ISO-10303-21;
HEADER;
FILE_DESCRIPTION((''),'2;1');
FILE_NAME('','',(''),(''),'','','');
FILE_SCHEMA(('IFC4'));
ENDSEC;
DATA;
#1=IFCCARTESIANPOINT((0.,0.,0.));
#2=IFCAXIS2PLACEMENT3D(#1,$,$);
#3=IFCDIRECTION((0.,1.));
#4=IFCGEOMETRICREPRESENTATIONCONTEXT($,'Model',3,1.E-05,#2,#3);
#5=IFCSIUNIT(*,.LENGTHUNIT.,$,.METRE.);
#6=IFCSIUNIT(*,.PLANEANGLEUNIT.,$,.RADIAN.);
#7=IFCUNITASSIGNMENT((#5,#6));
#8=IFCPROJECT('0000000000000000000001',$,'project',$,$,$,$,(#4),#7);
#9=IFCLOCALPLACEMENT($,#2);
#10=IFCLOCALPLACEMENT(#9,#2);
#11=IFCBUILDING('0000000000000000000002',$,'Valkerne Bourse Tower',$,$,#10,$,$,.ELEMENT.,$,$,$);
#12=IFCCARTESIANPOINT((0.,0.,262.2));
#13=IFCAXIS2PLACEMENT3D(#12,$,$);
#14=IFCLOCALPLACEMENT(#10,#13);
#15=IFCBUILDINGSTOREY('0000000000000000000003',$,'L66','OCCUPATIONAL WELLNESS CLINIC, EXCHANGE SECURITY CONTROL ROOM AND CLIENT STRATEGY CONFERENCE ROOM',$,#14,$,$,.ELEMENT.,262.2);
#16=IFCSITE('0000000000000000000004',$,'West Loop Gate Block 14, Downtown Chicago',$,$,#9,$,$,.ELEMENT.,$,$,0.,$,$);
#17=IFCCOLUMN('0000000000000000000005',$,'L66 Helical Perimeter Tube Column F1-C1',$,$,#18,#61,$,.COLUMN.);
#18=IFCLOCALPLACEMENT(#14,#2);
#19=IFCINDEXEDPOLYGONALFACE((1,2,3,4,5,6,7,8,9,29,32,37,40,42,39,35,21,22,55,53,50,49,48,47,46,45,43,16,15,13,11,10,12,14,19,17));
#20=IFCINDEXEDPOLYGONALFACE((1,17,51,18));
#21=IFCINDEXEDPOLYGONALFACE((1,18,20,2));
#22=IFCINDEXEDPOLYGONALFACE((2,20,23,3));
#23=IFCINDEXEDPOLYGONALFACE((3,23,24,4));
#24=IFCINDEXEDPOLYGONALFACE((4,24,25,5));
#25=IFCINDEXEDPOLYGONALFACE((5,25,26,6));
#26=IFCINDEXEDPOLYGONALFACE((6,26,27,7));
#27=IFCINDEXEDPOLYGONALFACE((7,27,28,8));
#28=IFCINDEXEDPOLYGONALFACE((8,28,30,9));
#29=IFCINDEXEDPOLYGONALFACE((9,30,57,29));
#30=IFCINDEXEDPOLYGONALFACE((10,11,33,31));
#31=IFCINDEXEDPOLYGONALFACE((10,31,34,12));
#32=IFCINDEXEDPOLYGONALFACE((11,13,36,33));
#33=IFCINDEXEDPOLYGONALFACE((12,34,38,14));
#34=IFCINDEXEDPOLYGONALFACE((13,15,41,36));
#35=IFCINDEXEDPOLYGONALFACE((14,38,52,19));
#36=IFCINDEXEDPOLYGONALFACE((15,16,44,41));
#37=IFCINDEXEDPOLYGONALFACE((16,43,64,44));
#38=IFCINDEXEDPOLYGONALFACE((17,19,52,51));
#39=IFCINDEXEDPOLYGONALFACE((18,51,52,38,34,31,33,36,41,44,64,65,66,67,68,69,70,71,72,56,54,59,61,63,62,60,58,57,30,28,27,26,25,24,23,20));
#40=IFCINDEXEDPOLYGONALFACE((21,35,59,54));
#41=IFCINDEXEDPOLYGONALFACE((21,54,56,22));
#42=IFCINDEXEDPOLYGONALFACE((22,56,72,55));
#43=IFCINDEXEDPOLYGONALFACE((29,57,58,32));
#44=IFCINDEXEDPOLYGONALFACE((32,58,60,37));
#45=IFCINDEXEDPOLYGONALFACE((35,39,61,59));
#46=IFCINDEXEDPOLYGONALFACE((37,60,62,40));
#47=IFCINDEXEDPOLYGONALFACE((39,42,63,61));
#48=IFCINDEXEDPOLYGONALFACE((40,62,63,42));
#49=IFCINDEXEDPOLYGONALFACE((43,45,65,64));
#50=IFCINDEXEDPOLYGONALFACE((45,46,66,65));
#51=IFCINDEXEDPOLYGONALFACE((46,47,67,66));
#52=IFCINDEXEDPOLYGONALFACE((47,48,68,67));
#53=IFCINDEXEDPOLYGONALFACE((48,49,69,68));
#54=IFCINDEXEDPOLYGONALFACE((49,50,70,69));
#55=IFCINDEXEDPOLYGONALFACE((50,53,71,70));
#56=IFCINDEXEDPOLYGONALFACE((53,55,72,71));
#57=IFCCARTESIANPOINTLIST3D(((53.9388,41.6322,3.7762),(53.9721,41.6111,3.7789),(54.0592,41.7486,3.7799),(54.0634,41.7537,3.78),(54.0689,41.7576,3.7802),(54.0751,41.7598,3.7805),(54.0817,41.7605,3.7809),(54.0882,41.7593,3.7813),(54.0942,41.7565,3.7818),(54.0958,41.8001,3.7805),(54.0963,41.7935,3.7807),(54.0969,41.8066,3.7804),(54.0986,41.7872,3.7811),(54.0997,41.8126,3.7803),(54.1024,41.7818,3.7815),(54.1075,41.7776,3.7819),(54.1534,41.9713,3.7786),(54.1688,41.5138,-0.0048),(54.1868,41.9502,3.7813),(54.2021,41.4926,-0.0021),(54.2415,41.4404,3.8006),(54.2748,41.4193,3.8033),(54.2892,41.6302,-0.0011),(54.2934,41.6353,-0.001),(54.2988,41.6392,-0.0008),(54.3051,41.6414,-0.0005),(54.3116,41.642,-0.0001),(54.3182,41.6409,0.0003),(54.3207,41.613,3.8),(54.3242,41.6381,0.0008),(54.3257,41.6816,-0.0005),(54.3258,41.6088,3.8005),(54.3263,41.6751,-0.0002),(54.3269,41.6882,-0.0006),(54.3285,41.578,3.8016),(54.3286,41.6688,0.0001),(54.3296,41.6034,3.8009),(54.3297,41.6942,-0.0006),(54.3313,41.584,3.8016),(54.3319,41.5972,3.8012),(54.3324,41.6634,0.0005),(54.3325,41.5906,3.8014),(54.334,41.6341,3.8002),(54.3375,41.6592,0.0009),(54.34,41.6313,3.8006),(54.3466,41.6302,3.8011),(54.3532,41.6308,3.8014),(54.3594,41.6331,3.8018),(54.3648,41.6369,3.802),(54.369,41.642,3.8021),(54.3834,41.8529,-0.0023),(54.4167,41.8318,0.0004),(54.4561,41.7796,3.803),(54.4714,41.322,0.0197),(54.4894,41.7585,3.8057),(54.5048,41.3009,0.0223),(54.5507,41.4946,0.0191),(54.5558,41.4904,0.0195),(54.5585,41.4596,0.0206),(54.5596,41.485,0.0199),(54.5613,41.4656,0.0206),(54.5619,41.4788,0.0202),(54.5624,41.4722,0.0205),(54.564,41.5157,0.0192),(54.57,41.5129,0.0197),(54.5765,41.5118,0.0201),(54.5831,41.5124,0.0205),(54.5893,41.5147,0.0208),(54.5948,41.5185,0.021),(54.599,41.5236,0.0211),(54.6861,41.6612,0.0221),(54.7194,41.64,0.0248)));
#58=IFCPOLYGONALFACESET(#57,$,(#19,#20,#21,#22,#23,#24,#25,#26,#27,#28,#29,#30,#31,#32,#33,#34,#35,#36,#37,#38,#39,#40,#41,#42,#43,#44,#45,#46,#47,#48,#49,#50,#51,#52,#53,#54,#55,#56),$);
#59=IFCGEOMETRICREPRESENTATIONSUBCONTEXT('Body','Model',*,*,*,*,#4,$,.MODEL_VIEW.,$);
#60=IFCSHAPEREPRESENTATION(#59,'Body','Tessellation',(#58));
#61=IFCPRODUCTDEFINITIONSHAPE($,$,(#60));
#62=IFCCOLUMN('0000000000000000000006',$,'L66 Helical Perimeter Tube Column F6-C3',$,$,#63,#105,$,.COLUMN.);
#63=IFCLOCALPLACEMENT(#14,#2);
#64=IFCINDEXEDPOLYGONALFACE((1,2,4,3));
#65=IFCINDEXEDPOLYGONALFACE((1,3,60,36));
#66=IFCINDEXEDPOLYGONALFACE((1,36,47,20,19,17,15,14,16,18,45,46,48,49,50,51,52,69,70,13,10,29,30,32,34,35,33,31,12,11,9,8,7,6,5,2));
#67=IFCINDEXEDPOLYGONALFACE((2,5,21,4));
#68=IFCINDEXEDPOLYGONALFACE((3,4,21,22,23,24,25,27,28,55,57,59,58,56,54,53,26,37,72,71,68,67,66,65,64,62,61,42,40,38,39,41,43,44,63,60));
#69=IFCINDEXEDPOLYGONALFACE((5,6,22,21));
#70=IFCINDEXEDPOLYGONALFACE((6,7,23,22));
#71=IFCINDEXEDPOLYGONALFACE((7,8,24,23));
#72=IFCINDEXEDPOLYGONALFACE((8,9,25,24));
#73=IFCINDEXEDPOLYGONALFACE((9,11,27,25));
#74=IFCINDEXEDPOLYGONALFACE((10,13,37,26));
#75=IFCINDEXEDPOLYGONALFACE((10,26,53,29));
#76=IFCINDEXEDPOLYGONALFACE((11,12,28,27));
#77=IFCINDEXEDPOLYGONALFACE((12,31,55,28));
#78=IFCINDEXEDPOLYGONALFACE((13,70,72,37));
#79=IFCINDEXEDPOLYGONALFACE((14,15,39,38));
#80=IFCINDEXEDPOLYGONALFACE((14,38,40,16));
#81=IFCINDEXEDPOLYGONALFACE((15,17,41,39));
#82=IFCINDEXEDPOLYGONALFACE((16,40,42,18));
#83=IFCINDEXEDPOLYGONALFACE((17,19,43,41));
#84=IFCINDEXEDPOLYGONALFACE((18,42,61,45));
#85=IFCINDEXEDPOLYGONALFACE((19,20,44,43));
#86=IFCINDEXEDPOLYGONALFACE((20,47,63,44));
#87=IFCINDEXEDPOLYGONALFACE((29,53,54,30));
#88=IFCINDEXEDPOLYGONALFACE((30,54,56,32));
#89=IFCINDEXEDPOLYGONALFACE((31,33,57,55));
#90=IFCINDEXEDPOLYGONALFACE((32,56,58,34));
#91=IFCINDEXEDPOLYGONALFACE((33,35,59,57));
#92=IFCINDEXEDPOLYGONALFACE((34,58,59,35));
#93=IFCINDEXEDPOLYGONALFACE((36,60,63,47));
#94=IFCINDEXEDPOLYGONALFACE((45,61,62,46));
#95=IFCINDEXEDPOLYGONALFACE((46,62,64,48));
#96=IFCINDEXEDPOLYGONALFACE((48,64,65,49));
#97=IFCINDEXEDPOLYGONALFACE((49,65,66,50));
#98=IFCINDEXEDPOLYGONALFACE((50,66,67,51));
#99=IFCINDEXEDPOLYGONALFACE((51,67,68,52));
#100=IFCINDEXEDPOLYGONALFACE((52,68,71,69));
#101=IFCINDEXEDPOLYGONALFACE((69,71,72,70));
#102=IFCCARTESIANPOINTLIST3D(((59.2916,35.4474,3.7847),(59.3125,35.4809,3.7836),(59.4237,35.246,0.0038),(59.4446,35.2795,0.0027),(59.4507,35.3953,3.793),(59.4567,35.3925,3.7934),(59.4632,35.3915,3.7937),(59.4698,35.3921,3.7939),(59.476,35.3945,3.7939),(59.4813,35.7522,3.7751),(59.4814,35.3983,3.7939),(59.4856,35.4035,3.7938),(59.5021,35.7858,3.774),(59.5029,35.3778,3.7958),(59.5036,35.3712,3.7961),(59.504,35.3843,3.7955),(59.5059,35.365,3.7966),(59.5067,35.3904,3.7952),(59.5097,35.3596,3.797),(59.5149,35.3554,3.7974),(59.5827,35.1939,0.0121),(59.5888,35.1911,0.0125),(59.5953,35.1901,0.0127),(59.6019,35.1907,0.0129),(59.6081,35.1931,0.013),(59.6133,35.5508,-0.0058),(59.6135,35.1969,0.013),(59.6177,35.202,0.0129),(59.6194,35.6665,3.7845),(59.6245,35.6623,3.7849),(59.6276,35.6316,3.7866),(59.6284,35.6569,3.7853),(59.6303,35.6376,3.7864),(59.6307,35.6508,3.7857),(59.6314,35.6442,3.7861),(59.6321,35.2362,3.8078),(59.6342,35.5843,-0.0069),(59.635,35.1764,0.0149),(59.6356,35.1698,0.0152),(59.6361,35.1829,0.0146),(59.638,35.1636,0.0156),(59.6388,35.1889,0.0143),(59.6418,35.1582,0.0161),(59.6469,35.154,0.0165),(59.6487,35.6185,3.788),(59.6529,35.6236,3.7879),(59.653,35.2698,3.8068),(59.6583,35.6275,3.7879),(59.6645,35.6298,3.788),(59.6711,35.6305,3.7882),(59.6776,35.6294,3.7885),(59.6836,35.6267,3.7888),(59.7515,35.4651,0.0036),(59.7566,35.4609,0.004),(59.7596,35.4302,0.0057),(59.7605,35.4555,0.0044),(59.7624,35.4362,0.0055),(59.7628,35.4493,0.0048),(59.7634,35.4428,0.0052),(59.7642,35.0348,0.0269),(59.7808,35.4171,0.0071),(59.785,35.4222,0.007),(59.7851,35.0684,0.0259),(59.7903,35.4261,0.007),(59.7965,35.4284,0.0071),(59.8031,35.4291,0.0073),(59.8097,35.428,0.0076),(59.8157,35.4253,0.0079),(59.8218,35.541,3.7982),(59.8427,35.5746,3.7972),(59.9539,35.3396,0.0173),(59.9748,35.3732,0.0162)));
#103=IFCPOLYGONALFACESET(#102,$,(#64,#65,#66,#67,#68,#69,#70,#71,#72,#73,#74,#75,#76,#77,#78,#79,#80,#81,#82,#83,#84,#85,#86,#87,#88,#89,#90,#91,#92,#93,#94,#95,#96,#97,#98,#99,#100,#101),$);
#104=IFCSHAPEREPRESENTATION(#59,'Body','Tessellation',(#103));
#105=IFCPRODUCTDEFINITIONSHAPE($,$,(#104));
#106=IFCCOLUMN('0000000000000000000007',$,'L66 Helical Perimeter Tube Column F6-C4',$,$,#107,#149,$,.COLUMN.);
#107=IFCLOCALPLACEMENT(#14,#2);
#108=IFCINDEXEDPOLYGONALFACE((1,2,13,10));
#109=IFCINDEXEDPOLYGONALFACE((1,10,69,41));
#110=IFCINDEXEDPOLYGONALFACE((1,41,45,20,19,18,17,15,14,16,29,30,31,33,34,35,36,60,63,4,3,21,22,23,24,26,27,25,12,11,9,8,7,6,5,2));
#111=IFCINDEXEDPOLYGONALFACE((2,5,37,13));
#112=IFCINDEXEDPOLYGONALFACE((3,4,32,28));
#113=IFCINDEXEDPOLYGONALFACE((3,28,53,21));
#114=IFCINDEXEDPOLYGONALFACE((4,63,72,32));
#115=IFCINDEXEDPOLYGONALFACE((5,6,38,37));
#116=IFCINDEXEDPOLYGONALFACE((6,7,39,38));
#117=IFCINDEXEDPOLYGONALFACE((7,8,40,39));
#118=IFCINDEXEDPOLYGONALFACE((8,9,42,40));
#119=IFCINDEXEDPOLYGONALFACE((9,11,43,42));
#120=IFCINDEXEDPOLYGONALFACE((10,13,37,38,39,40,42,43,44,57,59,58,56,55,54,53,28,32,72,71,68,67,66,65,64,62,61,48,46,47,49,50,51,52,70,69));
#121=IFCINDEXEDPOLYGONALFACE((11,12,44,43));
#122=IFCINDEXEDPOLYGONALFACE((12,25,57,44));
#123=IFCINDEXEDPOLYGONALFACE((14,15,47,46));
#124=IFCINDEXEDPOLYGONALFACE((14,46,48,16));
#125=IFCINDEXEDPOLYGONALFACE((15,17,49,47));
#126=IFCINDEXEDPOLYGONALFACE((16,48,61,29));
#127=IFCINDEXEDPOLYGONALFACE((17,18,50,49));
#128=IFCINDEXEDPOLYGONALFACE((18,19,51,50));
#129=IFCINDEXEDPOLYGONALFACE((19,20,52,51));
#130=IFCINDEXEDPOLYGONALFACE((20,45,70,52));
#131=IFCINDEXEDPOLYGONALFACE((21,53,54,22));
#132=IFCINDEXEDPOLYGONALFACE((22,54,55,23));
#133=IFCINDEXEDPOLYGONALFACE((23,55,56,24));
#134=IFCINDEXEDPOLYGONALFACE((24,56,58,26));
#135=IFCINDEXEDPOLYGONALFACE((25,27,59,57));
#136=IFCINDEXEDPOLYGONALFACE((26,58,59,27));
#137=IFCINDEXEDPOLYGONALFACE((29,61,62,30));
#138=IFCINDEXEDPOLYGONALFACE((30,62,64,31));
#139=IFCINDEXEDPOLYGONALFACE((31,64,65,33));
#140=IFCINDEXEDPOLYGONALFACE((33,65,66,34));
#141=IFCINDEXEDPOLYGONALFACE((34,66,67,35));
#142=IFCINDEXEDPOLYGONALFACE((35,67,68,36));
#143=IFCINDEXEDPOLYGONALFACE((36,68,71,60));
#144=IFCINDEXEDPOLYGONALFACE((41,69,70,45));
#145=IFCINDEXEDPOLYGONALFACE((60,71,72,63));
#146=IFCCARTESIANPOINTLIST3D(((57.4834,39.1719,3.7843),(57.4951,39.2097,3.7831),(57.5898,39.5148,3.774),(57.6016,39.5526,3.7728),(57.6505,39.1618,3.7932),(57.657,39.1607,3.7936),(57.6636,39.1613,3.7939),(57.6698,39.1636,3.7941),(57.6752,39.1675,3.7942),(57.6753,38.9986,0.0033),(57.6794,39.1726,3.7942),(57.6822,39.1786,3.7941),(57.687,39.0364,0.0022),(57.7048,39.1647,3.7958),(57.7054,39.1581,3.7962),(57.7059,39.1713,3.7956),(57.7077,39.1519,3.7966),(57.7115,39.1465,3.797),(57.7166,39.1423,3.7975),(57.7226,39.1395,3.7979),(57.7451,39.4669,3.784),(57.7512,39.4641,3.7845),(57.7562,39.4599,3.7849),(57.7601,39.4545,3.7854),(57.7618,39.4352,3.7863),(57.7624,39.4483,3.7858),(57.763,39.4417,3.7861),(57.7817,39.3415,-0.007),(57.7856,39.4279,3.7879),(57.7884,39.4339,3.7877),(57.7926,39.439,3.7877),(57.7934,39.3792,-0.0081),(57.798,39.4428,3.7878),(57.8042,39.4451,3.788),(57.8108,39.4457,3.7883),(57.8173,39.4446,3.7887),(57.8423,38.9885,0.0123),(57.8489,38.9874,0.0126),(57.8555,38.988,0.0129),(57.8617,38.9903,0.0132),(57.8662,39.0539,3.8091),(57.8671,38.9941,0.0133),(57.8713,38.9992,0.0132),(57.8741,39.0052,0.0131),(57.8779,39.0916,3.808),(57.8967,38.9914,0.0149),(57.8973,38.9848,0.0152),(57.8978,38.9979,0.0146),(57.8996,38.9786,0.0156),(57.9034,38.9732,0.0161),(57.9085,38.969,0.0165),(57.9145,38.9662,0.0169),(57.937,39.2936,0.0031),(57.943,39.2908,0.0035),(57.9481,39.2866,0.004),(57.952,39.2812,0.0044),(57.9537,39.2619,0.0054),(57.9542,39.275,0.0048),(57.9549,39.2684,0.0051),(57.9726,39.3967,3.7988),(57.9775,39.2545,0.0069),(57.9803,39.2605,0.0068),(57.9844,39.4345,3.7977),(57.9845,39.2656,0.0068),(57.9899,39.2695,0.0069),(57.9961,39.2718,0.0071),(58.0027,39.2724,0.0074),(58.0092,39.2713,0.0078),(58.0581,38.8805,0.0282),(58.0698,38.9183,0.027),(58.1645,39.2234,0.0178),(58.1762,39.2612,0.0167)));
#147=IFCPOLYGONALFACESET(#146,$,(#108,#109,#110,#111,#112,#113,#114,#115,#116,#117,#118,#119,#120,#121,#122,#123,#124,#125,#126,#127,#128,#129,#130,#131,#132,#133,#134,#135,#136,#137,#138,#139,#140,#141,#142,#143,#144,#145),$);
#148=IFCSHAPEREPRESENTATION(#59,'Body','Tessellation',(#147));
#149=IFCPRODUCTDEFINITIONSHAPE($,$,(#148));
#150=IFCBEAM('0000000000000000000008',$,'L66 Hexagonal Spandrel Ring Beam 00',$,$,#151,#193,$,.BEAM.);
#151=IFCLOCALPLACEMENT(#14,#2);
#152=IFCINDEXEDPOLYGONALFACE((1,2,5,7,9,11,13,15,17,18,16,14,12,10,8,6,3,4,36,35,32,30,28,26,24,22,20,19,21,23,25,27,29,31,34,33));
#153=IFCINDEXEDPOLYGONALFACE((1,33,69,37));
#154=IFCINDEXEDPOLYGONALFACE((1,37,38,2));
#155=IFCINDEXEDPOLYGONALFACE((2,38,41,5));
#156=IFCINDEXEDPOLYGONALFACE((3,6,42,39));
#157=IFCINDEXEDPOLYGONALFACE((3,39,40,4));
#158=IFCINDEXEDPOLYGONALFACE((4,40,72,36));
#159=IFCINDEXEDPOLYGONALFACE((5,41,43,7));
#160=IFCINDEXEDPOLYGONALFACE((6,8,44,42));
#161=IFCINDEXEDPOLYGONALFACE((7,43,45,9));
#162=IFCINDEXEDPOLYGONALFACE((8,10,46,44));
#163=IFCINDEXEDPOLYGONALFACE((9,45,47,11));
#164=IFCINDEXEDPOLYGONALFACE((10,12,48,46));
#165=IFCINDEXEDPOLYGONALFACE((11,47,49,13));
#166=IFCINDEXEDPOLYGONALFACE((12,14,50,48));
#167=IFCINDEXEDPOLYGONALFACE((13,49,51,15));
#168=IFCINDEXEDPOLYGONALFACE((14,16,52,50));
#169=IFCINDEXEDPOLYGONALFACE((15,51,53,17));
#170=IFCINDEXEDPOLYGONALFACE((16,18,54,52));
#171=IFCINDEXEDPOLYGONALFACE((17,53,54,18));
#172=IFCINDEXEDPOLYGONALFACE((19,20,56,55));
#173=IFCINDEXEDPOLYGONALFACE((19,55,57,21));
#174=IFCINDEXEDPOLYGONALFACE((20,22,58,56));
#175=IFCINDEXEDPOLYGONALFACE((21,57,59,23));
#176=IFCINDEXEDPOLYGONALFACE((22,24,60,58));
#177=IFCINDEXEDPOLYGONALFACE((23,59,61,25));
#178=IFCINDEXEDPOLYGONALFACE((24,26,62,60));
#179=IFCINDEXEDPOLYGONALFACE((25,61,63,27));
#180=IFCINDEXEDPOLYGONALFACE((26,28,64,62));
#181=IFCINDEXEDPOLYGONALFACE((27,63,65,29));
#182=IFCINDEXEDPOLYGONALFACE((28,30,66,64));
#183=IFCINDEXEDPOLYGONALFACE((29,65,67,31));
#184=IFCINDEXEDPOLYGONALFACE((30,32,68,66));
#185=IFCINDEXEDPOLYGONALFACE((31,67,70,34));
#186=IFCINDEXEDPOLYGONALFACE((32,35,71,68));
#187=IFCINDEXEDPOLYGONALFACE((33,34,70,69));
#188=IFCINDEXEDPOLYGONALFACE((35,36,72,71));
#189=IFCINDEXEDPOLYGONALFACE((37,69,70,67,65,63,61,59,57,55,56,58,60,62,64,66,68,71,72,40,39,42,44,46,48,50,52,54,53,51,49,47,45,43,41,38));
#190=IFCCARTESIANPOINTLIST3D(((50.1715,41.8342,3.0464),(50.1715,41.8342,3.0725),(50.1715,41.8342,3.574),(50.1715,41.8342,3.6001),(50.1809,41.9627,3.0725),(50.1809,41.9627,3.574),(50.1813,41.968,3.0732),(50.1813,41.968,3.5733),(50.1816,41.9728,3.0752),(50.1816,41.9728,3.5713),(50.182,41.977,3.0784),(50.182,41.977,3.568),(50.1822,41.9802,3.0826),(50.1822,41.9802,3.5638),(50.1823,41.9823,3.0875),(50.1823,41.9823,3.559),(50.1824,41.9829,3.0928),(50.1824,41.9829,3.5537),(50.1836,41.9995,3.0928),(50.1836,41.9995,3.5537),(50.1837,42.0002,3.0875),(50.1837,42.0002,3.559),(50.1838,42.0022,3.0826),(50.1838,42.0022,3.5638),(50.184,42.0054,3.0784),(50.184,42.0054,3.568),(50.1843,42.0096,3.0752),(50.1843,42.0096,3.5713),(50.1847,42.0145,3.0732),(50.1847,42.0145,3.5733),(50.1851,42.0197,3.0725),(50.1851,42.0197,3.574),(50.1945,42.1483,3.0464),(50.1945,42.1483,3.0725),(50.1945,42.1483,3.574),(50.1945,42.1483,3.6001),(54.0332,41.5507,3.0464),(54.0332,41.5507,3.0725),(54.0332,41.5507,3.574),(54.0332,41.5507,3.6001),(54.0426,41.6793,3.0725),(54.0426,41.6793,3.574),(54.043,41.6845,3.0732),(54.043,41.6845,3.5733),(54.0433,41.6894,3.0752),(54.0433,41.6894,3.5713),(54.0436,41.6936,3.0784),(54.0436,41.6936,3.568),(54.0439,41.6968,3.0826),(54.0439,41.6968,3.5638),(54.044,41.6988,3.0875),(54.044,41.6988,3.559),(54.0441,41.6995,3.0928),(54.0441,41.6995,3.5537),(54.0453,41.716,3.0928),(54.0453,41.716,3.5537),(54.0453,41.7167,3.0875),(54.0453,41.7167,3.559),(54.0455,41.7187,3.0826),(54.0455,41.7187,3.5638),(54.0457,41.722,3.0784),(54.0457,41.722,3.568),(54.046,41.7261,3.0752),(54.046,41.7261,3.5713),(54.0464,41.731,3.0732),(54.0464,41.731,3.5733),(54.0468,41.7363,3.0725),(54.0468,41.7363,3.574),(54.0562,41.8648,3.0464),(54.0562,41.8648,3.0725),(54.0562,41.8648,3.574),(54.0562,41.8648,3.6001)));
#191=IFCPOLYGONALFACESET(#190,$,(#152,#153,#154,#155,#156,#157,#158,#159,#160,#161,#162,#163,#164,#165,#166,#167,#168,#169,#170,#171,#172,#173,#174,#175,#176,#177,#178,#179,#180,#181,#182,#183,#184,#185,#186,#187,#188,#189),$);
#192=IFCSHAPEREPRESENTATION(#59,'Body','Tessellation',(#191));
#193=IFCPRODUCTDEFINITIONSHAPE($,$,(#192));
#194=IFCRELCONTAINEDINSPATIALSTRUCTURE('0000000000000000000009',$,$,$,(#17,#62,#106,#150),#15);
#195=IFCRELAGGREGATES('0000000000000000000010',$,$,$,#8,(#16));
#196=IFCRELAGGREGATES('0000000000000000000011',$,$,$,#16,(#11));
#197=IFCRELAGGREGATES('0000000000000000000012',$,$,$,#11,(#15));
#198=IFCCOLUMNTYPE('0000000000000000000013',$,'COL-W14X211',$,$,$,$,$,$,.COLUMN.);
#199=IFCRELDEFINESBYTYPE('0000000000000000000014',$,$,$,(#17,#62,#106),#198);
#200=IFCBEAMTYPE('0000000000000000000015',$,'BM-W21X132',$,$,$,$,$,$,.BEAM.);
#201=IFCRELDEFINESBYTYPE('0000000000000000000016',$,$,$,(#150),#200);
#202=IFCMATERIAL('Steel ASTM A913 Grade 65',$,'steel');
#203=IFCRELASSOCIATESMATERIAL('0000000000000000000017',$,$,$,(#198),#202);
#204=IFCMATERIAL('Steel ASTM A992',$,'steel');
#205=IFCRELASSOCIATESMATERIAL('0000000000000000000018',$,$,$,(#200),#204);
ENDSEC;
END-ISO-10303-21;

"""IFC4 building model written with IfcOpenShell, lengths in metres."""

from ifc_helpers import new_model, si_unit, direction, frame, origin, origin_2d, place, context, subcontext, project, spatial, i_section, extrude, material, material_profile, profile_set, type_object, element, save


model = new_model("IFC4")

# Units and contexts
model_context = context("Model", 3, precision=1e-05, world=origin(), true_north=direction((0.0, 1.0)))
body_context = subcontext(model_context, "Body", "Model", "MODEL_VIEW")
ifc_project = project(units=[si_unit("LENGTHUNIT", "METRE"), si_unit("PLANEANGLEUNIT", "RADIAN")], contexts=[model_context])

# Site, building, storey
site_placement = place(None, origin())
site = spatial("IfcSite", under=ifc_project, at=site_placement, Name="West Loop Gate Block 14, Downtown Chicago", CompositionType="ELEMENT", RefElevation=0.0)
building_placement = place(site_placement, origin())
building = spatial("IfcBuilding", under=site, at=building_placement, Name="Valkerne Bourse Tower", CompositionType="ELEMENT")
storey_placement = place(building_placement, frame((0.0, 0.0, 262.2)))
storey = spatial("IfcBuildingStorey", under=building, at=storey_placement, Name="L66", Description="OCCUPATIONAL WELLNESS CLINIC, EXCHANGE SECURITY CONTROL ROOM AND CLIENT STRATEGY CONFERENCE ROOM", CompositionType="ELEMENT", Elevation=262.2)

# Columns
ifc_material_1 = material(Name="Steel ASTM A913 Grade 65", Category="steel")
ifc_material_profile_1 = material_profile(ifc_material_1, i_section(OverallWidth=0.4014, OverallDepth=0.3987, WebThickness=0.0249, FlangeThickness=0.0396, FilletRadius=0.0254, at=origin_2d()), Name="W14X211")
ifc_profile_set_1 = profile_set([ifc_material_profile_1], Name="Steel ASTM A913 Grade 65")
column_type = type_object("IfcColumnType", Name="COL-W14X211", PredefinedType="COLUMN", material=ifc_profile_set_1)
column_1_placement = place(storey_placement, frame((54.4441, 41.5769, 0.01), z_axis=(-0.060683, 0.031244, 0.997668), x_axis=(0.534791, 0.844963, 0.006067)))
element("IfcColumn", 1, at=column_1_placement, inside=storey, type_object=column_type, Name="L66 Helical Perimeter Tube Column F1-C1", PredefinedType="COLUMN", context=body_context, shape_type="SweptSolid", body=[
    extrude(i_section(OverallWidth=0.4014, OverallDepth=0.3987, WebThickness=0.0249, FlangeThickness=0.0396, FilletRadius=0.0254, at=origin_2d()), origin(), (0.0, 0.0, 1.0), 3.7898),
])
column_2_placement = place(storey_placement, frame((59.6992, 35.3096, 0.01), z_axis=(-0.034862, 0.053163, 0.997977), x_axis=(0.848474, -0.526086, 0.057664)))
element("IfcColumn", 2, at=column_2_placement, inside=storey, type_object=column_type, Name="L66 Helical Perimeter Tube Column F6-C3", PredefinedType="COLUMN", context=body_context, shape_type="SweptSolid", body=[
    extrude(i_section(OverallWidth=0.4014, OverallDepth=0.3987, WebThickness=0.0249, FlangeThickness=0.0396, FilletRadius=0.0254, at=origin_2d()), origin(), (0.0, 0.0, 1.0), 3.7886),
])
column_3_placement = place(storey_placement, frame((57.9258, 39.1299, 0.01), z_axis=(-0.050634, 0.045738, 0.997669), x_axis=(0.953752, -0.294154, 0.061891)))
element("IfcColumn", 3, at=column_3_placement, inside=storey, type_object=column_type, Name="L66 Helical Perimeter Tube Column F6-C4", PredefinedType="COLUMN", context=body_context, shape_type="SweptSolid", body=[
    extrude(i_section(OverallWidth=0.4014, OverallDepth=0.3987, WebThickness=0.0249, FlangeThickness=0.0396, FilletRadius=0.0254, at=origin_2d()), origin(), (0.0, 0.0, 1.0), 3.7898),
])

# Beam
ifc_material_2 = material(Name="Steel ASTM A992", Category="steel")
ifc_material_profile_2 = material_profile(ifc_material_2, i_section(OverallWidth=0.3149, OverallDepth=0.5537, WebThickness=0.0166, FlangeThickness=0.0261, FilletRadius=0.0203, at=origin_2d()), Name="W21X132")
ifc_profile_set_2 = profile_set([ifc_material_profile_2], Name="Steel ASTM A992")
beam_type = type_object("IfcBeamType", Name="BM-W21X132", PredefinedType="BEAM", material=ifc_profile_set_2)
for number, where, z_axis, x_axis, name in (
    (4, (54.0447, 41.7078, 3.3232), (-0.997317, 0.073205, 0.0), (-0.073205, -0.997317, 0.0), "L66 Hexagonal Spandrel Ring Beam 00"),
):
    element("IfcBeam", number, at=place(storey_placement, frame(where, z_axis=z_axis, x_axis=x_axis)), inside=storey, type_object=beam_type, Name=name, PredefinedType="BEAM", context=body_context, shape_type="SweptSolid", body=[
        extrude(i_section(OverallWidth=0.3149, OverallDepth=0.5537, WebThickness=0.0166, FlangeThickness=0.0261, FilletRadius=0.0203, at=origin_2d()), origin(), (0.0, 0.0, 1.0), 3.8721),
    ])

save(model, "model.ifc")
